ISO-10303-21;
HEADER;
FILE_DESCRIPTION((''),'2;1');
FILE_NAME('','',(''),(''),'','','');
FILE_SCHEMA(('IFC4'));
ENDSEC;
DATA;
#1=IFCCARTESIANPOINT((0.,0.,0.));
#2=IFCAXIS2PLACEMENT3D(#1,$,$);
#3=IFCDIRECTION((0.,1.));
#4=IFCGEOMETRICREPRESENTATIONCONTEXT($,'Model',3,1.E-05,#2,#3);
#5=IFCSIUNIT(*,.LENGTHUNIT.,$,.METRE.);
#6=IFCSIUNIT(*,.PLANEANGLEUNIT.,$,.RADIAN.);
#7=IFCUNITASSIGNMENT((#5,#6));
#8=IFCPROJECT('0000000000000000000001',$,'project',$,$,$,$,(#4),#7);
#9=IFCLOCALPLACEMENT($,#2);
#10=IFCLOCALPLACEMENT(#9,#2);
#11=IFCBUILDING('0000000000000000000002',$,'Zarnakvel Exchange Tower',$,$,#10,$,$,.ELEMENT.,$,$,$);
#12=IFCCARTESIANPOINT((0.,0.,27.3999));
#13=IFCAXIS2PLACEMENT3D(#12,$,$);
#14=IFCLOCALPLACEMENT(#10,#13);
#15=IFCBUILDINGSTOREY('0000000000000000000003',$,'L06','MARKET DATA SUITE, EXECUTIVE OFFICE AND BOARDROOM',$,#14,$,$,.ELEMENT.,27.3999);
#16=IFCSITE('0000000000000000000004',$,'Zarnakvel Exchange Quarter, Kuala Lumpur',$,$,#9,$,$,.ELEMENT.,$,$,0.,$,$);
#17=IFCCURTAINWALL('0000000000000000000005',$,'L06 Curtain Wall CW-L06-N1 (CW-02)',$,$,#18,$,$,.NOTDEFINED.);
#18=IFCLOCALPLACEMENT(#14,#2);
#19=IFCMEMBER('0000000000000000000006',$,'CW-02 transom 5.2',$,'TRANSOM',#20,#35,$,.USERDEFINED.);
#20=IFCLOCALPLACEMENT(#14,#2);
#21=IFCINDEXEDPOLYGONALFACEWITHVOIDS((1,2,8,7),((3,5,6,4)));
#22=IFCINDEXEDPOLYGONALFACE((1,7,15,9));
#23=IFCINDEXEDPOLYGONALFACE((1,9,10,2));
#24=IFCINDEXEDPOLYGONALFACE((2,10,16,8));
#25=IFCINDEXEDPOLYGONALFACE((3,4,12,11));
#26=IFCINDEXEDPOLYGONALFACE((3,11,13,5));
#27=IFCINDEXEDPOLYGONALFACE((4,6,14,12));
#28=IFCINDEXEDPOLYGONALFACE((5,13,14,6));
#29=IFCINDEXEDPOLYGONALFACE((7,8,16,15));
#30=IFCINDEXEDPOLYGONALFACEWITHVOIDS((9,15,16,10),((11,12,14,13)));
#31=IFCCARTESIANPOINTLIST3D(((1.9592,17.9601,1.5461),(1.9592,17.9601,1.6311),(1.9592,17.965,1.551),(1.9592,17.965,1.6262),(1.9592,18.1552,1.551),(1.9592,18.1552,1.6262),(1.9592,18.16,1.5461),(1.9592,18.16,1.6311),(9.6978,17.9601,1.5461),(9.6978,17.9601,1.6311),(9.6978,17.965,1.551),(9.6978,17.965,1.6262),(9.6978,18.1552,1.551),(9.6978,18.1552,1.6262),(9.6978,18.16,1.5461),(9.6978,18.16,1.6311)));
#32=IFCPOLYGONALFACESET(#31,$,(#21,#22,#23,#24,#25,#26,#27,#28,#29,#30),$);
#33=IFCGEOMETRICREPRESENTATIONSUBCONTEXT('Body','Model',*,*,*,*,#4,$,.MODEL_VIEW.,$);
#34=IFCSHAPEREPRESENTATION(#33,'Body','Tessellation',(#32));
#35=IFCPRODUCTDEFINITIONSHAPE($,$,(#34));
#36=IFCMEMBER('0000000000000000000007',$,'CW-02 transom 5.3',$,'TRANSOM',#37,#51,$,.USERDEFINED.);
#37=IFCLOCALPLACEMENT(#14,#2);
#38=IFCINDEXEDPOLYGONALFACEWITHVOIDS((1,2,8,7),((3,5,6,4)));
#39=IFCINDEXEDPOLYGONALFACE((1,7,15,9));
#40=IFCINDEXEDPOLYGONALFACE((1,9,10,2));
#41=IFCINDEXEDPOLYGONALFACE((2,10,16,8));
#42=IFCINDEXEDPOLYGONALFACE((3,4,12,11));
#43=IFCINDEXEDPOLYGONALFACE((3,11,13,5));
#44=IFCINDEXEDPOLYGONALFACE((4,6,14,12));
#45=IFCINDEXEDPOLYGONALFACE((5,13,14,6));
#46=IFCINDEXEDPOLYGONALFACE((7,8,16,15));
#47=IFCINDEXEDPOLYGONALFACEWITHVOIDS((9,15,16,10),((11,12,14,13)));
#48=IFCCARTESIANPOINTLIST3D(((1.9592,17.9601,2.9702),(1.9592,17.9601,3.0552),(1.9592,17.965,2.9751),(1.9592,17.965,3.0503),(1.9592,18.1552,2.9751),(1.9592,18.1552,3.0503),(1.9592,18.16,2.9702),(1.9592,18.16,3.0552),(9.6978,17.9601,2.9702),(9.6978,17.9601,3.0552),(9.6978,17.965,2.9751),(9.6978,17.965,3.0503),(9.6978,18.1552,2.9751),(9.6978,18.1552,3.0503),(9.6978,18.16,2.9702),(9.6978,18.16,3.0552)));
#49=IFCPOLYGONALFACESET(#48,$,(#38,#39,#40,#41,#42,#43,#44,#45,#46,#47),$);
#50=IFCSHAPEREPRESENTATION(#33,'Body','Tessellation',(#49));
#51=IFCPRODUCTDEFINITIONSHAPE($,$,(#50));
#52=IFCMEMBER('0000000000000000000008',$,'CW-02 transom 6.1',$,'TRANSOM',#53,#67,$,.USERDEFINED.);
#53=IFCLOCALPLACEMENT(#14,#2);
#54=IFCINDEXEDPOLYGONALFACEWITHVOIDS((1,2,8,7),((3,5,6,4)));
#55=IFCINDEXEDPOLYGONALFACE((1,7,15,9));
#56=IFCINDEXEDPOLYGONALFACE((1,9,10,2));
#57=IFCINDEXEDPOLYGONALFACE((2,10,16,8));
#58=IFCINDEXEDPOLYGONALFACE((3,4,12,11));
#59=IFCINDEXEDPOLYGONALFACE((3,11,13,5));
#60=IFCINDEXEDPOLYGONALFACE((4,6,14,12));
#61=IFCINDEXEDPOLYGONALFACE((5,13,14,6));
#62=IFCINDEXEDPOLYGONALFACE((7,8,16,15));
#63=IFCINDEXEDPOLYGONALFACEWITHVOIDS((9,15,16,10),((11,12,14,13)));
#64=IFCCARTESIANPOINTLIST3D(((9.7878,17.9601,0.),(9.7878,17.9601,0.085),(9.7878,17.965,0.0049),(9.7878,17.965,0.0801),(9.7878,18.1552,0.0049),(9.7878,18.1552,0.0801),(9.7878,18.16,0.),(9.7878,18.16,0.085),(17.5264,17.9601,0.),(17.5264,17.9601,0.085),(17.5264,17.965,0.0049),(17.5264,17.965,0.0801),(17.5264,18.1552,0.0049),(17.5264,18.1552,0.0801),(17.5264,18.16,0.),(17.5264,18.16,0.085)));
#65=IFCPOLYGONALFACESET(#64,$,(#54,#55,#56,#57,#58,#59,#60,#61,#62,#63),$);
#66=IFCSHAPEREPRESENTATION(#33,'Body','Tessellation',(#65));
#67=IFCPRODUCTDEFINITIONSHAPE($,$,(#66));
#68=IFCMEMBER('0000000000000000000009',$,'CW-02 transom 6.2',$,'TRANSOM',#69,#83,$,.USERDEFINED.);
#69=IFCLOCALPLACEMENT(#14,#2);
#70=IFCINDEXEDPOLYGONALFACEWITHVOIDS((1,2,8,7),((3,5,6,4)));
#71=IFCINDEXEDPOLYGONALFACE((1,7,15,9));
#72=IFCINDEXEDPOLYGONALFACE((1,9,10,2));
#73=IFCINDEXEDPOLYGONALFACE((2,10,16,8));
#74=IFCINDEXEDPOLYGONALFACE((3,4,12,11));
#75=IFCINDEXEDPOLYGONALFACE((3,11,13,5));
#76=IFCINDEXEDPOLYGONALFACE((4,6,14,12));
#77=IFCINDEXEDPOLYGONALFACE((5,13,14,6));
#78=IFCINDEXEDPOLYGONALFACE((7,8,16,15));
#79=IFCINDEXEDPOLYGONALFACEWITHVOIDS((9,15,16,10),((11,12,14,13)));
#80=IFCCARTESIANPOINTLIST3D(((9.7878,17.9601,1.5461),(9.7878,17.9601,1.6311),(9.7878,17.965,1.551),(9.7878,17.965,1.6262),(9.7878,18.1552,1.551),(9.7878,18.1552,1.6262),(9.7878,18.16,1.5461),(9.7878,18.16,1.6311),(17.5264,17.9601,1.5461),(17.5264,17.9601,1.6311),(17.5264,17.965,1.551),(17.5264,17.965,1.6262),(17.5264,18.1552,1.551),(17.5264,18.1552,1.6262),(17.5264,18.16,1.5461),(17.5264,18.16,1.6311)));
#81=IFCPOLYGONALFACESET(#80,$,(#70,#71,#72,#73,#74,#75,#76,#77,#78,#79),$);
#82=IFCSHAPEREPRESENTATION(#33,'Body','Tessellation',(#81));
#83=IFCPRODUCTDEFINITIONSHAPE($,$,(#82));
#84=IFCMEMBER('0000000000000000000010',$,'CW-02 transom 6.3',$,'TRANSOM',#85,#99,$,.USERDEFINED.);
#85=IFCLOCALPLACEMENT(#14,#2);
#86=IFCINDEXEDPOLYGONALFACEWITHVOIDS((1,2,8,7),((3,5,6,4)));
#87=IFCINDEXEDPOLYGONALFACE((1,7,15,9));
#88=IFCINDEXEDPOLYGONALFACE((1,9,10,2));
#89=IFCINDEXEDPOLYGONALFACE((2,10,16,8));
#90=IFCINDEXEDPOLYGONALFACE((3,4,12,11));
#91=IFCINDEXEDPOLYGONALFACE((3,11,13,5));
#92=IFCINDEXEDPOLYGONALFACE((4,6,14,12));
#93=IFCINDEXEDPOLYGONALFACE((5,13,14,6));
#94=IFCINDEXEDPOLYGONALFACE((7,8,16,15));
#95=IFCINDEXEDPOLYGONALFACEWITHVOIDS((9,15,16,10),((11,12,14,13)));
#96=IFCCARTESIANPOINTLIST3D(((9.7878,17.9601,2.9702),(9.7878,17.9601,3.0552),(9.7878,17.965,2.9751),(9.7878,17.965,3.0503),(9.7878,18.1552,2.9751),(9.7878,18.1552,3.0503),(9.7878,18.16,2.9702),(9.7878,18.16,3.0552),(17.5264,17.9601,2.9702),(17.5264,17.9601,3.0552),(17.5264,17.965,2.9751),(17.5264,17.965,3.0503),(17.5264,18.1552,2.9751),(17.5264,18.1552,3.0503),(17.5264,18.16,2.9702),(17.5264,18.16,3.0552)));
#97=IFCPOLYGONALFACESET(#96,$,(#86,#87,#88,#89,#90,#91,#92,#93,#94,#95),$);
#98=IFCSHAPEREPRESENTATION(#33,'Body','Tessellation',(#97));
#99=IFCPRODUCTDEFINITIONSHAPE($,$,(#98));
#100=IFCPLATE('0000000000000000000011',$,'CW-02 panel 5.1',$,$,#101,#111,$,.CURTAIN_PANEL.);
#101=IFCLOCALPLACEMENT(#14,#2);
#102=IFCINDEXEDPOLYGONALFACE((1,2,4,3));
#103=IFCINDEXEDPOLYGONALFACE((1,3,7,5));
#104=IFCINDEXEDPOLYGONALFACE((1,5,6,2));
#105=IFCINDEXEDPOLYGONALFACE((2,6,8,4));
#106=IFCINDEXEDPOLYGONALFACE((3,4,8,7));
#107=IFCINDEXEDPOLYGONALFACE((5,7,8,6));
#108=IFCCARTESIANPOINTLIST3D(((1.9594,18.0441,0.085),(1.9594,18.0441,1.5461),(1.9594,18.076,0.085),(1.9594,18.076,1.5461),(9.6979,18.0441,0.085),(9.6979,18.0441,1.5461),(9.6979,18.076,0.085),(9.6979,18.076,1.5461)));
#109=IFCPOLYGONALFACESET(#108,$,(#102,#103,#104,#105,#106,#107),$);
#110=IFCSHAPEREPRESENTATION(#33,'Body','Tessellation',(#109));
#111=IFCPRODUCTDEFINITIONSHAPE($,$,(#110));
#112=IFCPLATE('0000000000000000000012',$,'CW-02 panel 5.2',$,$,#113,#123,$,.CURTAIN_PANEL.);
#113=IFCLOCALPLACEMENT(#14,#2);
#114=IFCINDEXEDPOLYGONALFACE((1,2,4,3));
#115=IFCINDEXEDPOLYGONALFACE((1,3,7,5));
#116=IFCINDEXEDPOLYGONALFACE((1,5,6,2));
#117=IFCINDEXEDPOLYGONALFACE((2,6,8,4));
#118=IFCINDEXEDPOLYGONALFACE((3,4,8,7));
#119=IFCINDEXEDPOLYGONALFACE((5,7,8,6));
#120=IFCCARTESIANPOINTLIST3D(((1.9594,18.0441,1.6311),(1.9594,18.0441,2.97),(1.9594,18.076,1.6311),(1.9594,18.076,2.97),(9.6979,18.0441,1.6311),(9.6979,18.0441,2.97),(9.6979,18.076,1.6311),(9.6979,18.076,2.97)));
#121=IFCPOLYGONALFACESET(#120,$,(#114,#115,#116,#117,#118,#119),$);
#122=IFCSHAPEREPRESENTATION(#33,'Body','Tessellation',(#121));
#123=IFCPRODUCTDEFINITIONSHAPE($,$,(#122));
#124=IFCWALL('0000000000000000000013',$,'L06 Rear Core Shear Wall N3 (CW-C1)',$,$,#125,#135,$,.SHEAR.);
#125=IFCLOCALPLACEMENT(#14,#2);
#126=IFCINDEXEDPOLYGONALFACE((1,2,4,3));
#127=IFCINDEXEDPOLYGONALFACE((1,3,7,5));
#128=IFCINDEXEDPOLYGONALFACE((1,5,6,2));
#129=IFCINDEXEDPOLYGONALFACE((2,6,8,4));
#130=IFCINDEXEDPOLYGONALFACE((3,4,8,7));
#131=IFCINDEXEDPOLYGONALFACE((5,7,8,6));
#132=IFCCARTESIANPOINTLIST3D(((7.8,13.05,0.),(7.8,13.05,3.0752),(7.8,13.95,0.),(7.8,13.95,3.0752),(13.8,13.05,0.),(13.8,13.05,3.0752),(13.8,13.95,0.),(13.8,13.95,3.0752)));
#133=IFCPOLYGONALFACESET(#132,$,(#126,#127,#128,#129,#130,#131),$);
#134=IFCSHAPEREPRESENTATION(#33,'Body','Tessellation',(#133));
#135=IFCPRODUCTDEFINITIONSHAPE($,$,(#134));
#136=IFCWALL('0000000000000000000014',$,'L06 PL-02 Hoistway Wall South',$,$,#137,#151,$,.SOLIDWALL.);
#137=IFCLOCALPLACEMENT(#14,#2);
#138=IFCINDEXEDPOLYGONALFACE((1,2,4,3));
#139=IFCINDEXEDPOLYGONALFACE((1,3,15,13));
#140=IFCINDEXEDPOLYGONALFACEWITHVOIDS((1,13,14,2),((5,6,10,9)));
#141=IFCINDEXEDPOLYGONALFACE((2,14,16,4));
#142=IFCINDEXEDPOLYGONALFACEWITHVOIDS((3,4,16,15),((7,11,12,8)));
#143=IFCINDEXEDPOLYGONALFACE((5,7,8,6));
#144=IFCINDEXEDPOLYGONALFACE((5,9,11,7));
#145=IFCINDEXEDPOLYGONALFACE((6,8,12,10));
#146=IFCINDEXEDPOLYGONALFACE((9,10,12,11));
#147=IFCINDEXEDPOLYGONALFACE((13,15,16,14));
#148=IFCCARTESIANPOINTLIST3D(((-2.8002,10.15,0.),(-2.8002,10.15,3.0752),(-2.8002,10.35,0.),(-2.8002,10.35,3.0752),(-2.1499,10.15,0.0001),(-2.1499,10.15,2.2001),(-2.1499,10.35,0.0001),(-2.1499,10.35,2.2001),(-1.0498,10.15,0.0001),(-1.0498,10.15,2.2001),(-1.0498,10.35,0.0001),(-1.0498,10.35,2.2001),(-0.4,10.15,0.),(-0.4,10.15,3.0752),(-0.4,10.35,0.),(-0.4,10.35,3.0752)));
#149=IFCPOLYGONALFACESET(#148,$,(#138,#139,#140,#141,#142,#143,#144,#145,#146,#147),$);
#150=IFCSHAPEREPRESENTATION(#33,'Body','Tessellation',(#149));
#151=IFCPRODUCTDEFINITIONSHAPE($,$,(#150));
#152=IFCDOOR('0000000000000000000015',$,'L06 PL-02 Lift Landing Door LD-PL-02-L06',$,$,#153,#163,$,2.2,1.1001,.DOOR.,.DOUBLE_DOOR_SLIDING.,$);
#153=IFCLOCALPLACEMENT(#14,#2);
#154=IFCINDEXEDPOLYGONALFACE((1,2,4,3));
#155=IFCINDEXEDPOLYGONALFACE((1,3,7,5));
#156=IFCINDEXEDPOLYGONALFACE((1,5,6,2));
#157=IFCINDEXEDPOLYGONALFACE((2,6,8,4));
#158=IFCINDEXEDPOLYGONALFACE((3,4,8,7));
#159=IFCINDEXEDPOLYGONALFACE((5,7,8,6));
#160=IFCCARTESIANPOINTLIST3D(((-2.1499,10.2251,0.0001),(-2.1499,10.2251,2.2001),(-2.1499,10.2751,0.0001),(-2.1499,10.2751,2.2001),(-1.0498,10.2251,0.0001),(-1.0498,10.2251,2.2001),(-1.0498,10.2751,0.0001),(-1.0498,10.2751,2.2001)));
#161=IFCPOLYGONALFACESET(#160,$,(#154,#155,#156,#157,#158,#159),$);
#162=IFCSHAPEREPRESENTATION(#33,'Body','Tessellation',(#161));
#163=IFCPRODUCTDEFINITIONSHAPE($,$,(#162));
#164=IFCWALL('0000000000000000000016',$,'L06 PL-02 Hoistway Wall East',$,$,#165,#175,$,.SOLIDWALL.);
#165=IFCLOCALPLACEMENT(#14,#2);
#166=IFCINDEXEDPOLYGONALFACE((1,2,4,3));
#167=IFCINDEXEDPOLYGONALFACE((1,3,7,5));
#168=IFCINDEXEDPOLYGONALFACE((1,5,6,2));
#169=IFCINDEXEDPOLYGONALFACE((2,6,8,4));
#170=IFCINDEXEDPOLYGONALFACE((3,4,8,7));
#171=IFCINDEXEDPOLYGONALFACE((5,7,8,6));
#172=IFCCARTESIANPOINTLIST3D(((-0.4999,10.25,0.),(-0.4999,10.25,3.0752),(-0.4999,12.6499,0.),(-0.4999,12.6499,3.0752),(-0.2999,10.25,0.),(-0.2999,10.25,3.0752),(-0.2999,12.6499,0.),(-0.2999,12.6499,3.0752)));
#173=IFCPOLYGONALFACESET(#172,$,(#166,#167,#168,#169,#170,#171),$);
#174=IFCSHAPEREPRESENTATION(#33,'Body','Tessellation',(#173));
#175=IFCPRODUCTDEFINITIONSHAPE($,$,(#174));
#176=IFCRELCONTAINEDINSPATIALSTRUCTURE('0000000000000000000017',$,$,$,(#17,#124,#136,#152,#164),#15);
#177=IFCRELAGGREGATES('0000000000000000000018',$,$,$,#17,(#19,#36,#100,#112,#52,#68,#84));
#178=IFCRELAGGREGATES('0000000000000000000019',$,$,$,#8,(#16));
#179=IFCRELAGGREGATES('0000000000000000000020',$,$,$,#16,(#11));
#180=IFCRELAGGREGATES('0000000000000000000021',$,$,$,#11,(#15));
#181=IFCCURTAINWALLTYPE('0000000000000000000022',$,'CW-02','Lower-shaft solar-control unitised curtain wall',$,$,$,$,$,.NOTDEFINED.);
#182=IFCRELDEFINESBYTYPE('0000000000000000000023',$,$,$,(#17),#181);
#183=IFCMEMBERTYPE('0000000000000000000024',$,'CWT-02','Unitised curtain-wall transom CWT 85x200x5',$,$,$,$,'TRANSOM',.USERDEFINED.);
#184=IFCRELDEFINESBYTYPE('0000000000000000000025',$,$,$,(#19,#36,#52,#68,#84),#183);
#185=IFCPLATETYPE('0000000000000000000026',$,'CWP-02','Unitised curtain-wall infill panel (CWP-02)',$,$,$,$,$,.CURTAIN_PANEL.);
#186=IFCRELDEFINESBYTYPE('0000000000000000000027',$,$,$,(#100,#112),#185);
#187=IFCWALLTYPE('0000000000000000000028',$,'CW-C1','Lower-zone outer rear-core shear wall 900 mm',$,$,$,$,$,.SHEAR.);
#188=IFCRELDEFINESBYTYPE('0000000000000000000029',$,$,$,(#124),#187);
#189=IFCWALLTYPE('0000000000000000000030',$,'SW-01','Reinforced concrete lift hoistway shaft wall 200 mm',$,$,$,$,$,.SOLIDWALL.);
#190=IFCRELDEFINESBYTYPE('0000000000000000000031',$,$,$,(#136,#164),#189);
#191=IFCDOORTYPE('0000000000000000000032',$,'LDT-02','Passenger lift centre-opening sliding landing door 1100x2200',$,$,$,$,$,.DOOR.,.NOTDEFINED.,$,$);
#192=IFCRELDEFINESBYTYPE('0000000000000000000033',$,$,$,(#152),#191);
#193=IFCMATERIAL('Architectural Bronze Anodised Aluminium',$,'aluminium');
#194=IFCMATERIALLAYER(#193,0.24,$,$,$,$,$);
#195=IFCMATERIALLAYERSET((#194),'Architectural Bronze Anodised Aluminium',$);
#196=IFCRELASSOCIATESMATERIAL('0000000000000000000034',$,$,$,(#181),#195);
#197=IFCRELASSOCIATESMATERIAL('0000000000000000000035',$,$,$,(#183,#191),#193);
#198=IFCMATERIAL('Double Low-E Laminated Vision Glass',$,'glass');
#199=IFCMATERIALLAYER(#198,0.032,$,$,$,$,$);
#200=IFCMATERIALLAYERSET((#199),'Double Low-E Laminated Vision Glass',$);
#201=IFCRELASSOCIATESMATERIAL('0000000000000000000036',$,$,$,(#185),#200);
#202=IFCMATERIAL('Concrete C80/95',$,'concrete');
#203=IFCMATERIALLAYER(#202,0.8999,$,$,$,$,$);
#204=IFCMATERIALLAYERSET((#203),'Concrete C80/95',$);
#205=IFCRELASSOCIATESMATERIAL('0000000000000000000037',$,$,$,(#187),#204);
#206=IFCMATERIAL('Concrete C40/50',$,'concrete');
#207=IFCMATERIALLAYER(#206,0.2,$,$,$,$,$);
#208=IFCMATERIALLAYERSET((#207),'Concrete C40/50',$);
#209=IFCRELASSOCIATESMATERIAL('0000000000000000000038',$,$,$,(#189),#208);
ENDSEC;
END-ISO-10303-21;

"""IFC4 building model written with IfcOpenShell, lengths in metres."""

from ifc_helpers import new_model, si_unit, direction, frame, frame_2d, origin, origin_2d, place, context, subcontext, project, spatial, rectangle, hollow_rectangle, extrude, source, transform, mapped, material, layer, layer_set, material_profile, profile_set, type_object, element, fill, aggregate, save


model = new_model("IFC4")

# Units and contexts
model_context = context("Model", 3, precision=1e-05, world=origin(), true_north=direction((0.0, 1.0)))
body_context = subcontext(model_context, "Body", "Model", "MODEL_VIEW")
ifc_project = project(units=[si_unit("LENGTHUNIT", "METRE"), si_unit("PLANEANGLEUNIT", "RADIAN")], contexts=[model_context])

# Site, building, storey
site_placement = place(None, origin())
site = spatial("IfcSite", under=ifc_project, at=site_placement, Name="Zarnakvel Exchange Quarter, Kuala Lumpur", CompositionType="ELEMENT", RefElevation=0.0)
building_placement = place(site_placement, origin())
building = spatial("IfcBuilding", under=site, at=building_placement, Name="Zarnakvel Exchange Tower", CompositionType="ELEMENT")
storey_placement = place(building_placement, frame((0.0, 0.0, 27.3999)))
storey = spatial("IfcBuildingStorey", under=building, at=storey_placement, Name="L06", Description="MARKET DATA SUITE, EXECUTIVE OFFICE AND BOARDROOM", CompositionType="ELEMENT", Elevation=27.3999)

# Shared definitions
ifc_material_1 = material(Name="Concrete C80/95", Category="concrete")

# Curtain wall, members, plates
ifc_material_2 = material(Name="Architectural Bronze Anodised Aluminium", Category="aluminium")
ifc_layer_1 = layer(ifc_material_2, 0.24)
ifc_layer_set_1 = layer_set([ifc_layer_1], Name="Architectural Bronze Anodised Aluminium")
curtain_wall_type = type_object("IfcCurtainWallType", Name="CW-02", Description="Lower-shaft solar-control unitised curtain wall", PredefinedType="NOTDEFINED", material=ifc_layer_set_1)
curtain_wall_placement = place(storey_placement, origin())
curtain_wall = element("IfcCurtainWall", 1, at=curtain_wall_placement, inside=storey, type_object=curtain_wall_type, Name="L06 Curtain Wall CW-L06-N1 (CW-02)", PredefinedType="NOTDEFINED")
ifc_material_profile_1 = material_profile(ifc_material_2, hollow_rectangle(XDim=0.2, YDim=0.085, WallThickness=0.0049, at=origin_2d()))
ifc_profile_set_1 = profile_set([ifc_material_profile_1], Name="Architectural Bronze Anodised Aluminium")
member_type_1 = type_object("IfcMemberType", Name="CWT-02", Description="Unitised curtain-wall transom CWT 85x200x5", ElementType="TRANSOM", PredefinedType="USERDEFINED", material=ifc_profile_set_1)
shared_shape_1 = source(origin(), body_context, "Body", "SweptSolid", [
    extrude(hollow_rectangle(XDim=0.2, YDim=0.085, WallThickness=0.0049, at=origin_2d()), origin(), (0.0, 0.0, 1.0), 7.7385),
])
member_1_placement = place(storey_placement, frame((1.9592, 18.0601, 1.5886), z_axis=(1.0, 0.0, 0.0), x_axis=(0.0, 1.0, 0.0)))
member_1 = element("IfcMember", 2, at=member_1_placement, type_object=member_type_1, Name="CW-02 transom 5.2", ObjectType="TRANSOM", PredefinedType="USERDEFINED", context=body_context, shape_type="MappedRepresentation", body=[
    mapped(shared_shape_1, transform((0.0, 0.0, 0.0), x_axis=(1.0, 0.0, 0.0), y_axis=(0.0, 1.0, 0.0), z_axis=(0.0, 0.0, 1.0), scale=1.0)),
])
member_2_placement = place(storey_placement, frame((1.9592, 18.0601, 3.0127), z_axis=(1.0, 0.0, 0.0), x_axis=(0.0, 1.0, 0.0)))
member_2 = element("IfcMember", 3, at=member_2_placement, type_object=member_type_1, Name="CW-02 transom 5.3", ObjectType="TRANSOM", PredefinedType="USERDEFINED", context=body_context, shape_type="MappedRepresentation", body=[
    mapped(shared_shape_1, transform((0.0, 0.0, 0.0), x_axis=(1.0, 0.0, 0.0), y_axis=(0.0, 1.0, 0.0), z_axis=(0.0, 0.0, 1.0), scale=1.0)),
])
member_3_placement = place(storey_placement, frame((9.7878, 18.0601, 0.0425), z_axis=(1.0, 0.0, 0.0), x_axis=(0.0, 1.0, 0.0)))
member_3 = element("IfcMember", 4, at=member_3_placement, type_object=member_type_1, Name="CW-02 transom 6.1", ObjectType="TRANSOM", PredefinedType="USERDEFINED", context=body_context, shape_type="MappedRepresentation", body=[
    mapped(shared_shape_1, transform((0.0, 0.0, 0.0), x_axis=(1.0, 0.0, 0.0), y_axis=(0.0, 1.0, 0.0), z_axis=(0.0, 0.0, 1.0), scale=1.0)),
])
member_4_placement = place(storey_placement, frame((9.7878, 18.0601, 1.5886), z_axis=(1.0, 0.0, 0.0), x_axis=(0.0, 1.0, 0.0)))
member_4 = element("IfcMember", 5, at=member_4_placement, type_object=member_type_1, Name="CW-02 transom 6.2", ObjectType="TRANSOM", PredefinedType="USERDEFINED", context=body_context, shape_type="MappedRepresentation", body=[
    mapped(shared_shape_1, transform((0.0, 0.0, 0.0), x_axis=(1.0, 0.0, 0.0), y_axis=(0.0, 1.0, 0.0), z_axis=(0.0, 0.0, 1.0), scale=1.0)),
])
member_5_placement = place(storey_placement, frame((9.7878, 18.0601, 3.0127), z_axis=(1.0, 0.0, 0.0), x_axis=(0.0, 1.0, 0.0)))
member_5 = element("IfcMember", 6, at=member_5_placement, type_object=member_type_1, Name="CW-02 transom 6.3", ObjectType="TRANSOM", PredefinedType="USERDEFINED", context=body_context, shape_type="MappedRepresentation", body=[
    mapped(shared_shape_1, transform((0.0, 0.0, 0.0), x_axis=(1.0, 0.0, 0.0), y_axis=(0.0, 1.0, 0.0), z_axis=(0.0, 0.0, 1.0), scale=1.0)),
])
ifc_material_3 = material(Name="Double Low-E Laminated Vision Glass", Category="glass")
ifc_layer_2 = layer(ifc_material_3, 0.032)
ifc_layer_set_2 = layer_set([ifc_layer_2], Name="Double Low-E Laminated Vision Glass")
plate_type = type_object("IfcPlateType", Name="CWP-02", Description="Unitised curtain-wall infill panel (CWP-02)", PredefinedType="CURTAIN_PANEL", material=ifc_layer_set_2)
shared_shape_2 = source(origin(), body_context, "Body", "SweptSolid", [
    extrude(rectangle(XDim=7.7385, YDim=0.032, at=origin_2d()), origin(), (0.0, 0.0, 1.0), 1.4612),
])
plate_1_placement = place(storey_placement, frame((5.8286, 18.0601, 0.085), z_axis=(0.0, 0.0, 1.0), x_axis=(1.0, 0.0, 0.0)))
plate_1 = element("IfcPlate", 7, at=plate_1_placement, type_object=plate_type, Name="CW-02 panel 5.1", PredefinedType="CURTAIN_PANEL", context=body_context, shape_type="MappedRepresentation", body=[
    mapped(shared_shape_2, transform((0.0, 0.0, 0.0), x_axis=(1.0, 0.0, 0.0), y_axis=(0.0, 1.0, 0.0), z_axis=(0.0, 0.0, 1.0), scale=1.0)),
])
shared_shape_3 = source(origin(), body_context, "Body", "SweptSolid", [
    extrude(rectangle(XDim=7.7385, YDim=0.032, at=origin_2d()), origin(), (0.0, 0.0, 1.0), 1.3389),
])
plate_2_placement = place(storey_placement, frame((5.8286, 18.0601, 1.6311), z_axis=(0.0, 0.0, 1.0), x_axis=(1.0, 0.0, 0.0)))
plate_2 = element("IfcPlate", 8, at=plate_2_placement, type_object=plate_type, Name="CW-02 panel 5.2", PredefinedType="CURTAIN_PANEL", context=body_context, shape_type="MappedRepresentation", body=[
    mapped(shared_shape_3, transform((0.0, 0.0, 0.0), x_axis=(1.0, 0.0, 0.0), y_axis=(0.0, 1.0, 0.0), z_axis=(0.0, 0.0, 1.0), scale=1.0)),
])
aggregate(curtain_wall, [member_1, member_2, plate_1, plate_2, member_3, member_4, member_5])

# Wall
ifc_layer_3 = layer(ifc_material_1, 0.8999)
ifc_layer_set_3 = layer_set([ifc_layer_3], Name="Concrete C80/95")
wall_type_1 = type_object("IfcWallType", Name="CW-C1", Description="Lower-zone outer rear-core shear wall 900 mm", PredefinedType="SHEAR", material=ifc_layer_set_3)
wall_1_placement = place(storey_placement, frame((7.8, 13.5, 0.0), z_axis=(0.0, 0.0, 1.0), x_axis=(1.0, 0.0, 0.0)))
element("IfcWall", 9, at=wall_1_placement, inside=storey, type_object=wall_type_1, Name="L06 Rear Core Shear Wall N3 (CW-C1)", PredefinedType="SHEAR", context=body_context, shape_type="SweptSolid", body=[
    extrude(rectangle(XDim=6.0, YDim=0.8999, at=frame_2d((3.0, 0.0))), origin(), (0.0, 0.0, 1.0), 3.0752),
])

# Wall, opening, door
ifc_material_4 = material(Name="Concrete C40/50", Category="concrete")
ifc_layer_4 = layer(ifc_material_4, 0.2)
ifc_layer_set_4 = layer_set([ifc_layer_4], Name="Concrete C40/50")
wall_type_2 = type_object("IfcWallType", Name="SW-01", Description="Reinforced concrete lift hoistway shaft wall 200 mm", PredefinedType="SOLIDWALL", material=ifc_layer_set_4)
wall_2_placement = place(storey_placement, frame((-0.3999, 10.25, 0.0), z_axis=(0.0, 0.0, 1.0), x_axis=(-1.0, 0.0, 0.0)))
wall_2 = element("IfcWall", 10, at=wall_2_placement, inside=storey, type_object=wall_type_2, Name="L06 PL-02 Hoistway Wall South", PredefinedType="SOLIDWALL", context=body_context, shape_type="SweptSolid", body=[
    extrude(rectangle(XDim=2.4001, YDim=0.2, at=frame_2d((1.2002, 0.0))), origin(), (0.0, 0.0, 1.0), 3.0752),
])
opening_1_placement = place(wall_2_placement, frame((0.6499, 0.0, 0.0)))
opening_1 = element("IfcOpeningElement", 11, at=opening_1_placement, cuts=wall_2, PredefinedType="OPENING", context=body_context, shape_type="SweptSolid", body=[
    extrude(rectangle(XDim=1.1001, YDim=2.2, at=frame_2d((0.55, 1.1001))), frame((0.0, 0.1099, 0.0), z_axis=(0.0, -1.0, 0.0), x_axis=(1.0, 0.0, 0.0)), (0.0, 0.0, 1.0), 0.22),
])
door_type = type_object("IfcDoorType", Name="LDT-02", Description="Passenger lift centre-opening sliding landing door 1100x2200", OperationType="NOTDEFINED", PredefinedType="DOOR", material=ifc_material_2)
shared_shape_4 = source(origin(), body_context, "Body", "SweptSolid", [
    extrude(rectangle(XDim=1.1001, YDim=2.2, at=frame_2d((0.55, 1.1001))), frame((0.0, 0.0249, 0.0), z_axis=(0.0, -1.0, 0.0), x_axis=(1.0, 0.0, 0.0)), (0.0, 0.0, 1.0), 0.05),
])
door_1_placement = place(opening_1_placement, origin())
door_1 = element("IfcDoor", 12, at=door_1_placement, inside=storey, type_object=door_type, Name="L06 PL-02 Lift Landing Door LD-PL-02-L06", OperationType="DOUBLE_DOOR_SLIDING", OverallHeight=2.2, OverallWidth=1.1001, PredefinedType="DOOR", context=body_context, shape_type="MappedRepresentation", body=[
    mapped(shared_shape_4, transform((0.0, 0.0, 0.0), x_axis=(1.0, 0.0, 0.0), y_axis=(0.0, 1.0, 0.0), z_axis=(0.0, 0.0, 1.0), scale=1.0)),
])
fill(opening_1, door_1)

# Wall
wall_3_placement = place(storey_placement, frame((-0.3999, 12.6499, 0.0), z_axis=(0.0, 0.0, 1.0), x_axis=(0.0, -1.0, 0.0)))
element("IfcWall", 13, at=wall_3_placement, inside=storey, type_object=wall_type_2, Name="L06 PL-02 Hoistway Wall East", PredefinedType="SOLIDWALL", context=body_context, shape_type="SweptSolid", body=[
    extrude(rectangle(XDim=2.3999, YDim=0.2, at=frame_2d((1.2, 0.0))), origin(), (0.0, 0.0, 1.0), 3.0752),
])

save(model, "model.ifc")
